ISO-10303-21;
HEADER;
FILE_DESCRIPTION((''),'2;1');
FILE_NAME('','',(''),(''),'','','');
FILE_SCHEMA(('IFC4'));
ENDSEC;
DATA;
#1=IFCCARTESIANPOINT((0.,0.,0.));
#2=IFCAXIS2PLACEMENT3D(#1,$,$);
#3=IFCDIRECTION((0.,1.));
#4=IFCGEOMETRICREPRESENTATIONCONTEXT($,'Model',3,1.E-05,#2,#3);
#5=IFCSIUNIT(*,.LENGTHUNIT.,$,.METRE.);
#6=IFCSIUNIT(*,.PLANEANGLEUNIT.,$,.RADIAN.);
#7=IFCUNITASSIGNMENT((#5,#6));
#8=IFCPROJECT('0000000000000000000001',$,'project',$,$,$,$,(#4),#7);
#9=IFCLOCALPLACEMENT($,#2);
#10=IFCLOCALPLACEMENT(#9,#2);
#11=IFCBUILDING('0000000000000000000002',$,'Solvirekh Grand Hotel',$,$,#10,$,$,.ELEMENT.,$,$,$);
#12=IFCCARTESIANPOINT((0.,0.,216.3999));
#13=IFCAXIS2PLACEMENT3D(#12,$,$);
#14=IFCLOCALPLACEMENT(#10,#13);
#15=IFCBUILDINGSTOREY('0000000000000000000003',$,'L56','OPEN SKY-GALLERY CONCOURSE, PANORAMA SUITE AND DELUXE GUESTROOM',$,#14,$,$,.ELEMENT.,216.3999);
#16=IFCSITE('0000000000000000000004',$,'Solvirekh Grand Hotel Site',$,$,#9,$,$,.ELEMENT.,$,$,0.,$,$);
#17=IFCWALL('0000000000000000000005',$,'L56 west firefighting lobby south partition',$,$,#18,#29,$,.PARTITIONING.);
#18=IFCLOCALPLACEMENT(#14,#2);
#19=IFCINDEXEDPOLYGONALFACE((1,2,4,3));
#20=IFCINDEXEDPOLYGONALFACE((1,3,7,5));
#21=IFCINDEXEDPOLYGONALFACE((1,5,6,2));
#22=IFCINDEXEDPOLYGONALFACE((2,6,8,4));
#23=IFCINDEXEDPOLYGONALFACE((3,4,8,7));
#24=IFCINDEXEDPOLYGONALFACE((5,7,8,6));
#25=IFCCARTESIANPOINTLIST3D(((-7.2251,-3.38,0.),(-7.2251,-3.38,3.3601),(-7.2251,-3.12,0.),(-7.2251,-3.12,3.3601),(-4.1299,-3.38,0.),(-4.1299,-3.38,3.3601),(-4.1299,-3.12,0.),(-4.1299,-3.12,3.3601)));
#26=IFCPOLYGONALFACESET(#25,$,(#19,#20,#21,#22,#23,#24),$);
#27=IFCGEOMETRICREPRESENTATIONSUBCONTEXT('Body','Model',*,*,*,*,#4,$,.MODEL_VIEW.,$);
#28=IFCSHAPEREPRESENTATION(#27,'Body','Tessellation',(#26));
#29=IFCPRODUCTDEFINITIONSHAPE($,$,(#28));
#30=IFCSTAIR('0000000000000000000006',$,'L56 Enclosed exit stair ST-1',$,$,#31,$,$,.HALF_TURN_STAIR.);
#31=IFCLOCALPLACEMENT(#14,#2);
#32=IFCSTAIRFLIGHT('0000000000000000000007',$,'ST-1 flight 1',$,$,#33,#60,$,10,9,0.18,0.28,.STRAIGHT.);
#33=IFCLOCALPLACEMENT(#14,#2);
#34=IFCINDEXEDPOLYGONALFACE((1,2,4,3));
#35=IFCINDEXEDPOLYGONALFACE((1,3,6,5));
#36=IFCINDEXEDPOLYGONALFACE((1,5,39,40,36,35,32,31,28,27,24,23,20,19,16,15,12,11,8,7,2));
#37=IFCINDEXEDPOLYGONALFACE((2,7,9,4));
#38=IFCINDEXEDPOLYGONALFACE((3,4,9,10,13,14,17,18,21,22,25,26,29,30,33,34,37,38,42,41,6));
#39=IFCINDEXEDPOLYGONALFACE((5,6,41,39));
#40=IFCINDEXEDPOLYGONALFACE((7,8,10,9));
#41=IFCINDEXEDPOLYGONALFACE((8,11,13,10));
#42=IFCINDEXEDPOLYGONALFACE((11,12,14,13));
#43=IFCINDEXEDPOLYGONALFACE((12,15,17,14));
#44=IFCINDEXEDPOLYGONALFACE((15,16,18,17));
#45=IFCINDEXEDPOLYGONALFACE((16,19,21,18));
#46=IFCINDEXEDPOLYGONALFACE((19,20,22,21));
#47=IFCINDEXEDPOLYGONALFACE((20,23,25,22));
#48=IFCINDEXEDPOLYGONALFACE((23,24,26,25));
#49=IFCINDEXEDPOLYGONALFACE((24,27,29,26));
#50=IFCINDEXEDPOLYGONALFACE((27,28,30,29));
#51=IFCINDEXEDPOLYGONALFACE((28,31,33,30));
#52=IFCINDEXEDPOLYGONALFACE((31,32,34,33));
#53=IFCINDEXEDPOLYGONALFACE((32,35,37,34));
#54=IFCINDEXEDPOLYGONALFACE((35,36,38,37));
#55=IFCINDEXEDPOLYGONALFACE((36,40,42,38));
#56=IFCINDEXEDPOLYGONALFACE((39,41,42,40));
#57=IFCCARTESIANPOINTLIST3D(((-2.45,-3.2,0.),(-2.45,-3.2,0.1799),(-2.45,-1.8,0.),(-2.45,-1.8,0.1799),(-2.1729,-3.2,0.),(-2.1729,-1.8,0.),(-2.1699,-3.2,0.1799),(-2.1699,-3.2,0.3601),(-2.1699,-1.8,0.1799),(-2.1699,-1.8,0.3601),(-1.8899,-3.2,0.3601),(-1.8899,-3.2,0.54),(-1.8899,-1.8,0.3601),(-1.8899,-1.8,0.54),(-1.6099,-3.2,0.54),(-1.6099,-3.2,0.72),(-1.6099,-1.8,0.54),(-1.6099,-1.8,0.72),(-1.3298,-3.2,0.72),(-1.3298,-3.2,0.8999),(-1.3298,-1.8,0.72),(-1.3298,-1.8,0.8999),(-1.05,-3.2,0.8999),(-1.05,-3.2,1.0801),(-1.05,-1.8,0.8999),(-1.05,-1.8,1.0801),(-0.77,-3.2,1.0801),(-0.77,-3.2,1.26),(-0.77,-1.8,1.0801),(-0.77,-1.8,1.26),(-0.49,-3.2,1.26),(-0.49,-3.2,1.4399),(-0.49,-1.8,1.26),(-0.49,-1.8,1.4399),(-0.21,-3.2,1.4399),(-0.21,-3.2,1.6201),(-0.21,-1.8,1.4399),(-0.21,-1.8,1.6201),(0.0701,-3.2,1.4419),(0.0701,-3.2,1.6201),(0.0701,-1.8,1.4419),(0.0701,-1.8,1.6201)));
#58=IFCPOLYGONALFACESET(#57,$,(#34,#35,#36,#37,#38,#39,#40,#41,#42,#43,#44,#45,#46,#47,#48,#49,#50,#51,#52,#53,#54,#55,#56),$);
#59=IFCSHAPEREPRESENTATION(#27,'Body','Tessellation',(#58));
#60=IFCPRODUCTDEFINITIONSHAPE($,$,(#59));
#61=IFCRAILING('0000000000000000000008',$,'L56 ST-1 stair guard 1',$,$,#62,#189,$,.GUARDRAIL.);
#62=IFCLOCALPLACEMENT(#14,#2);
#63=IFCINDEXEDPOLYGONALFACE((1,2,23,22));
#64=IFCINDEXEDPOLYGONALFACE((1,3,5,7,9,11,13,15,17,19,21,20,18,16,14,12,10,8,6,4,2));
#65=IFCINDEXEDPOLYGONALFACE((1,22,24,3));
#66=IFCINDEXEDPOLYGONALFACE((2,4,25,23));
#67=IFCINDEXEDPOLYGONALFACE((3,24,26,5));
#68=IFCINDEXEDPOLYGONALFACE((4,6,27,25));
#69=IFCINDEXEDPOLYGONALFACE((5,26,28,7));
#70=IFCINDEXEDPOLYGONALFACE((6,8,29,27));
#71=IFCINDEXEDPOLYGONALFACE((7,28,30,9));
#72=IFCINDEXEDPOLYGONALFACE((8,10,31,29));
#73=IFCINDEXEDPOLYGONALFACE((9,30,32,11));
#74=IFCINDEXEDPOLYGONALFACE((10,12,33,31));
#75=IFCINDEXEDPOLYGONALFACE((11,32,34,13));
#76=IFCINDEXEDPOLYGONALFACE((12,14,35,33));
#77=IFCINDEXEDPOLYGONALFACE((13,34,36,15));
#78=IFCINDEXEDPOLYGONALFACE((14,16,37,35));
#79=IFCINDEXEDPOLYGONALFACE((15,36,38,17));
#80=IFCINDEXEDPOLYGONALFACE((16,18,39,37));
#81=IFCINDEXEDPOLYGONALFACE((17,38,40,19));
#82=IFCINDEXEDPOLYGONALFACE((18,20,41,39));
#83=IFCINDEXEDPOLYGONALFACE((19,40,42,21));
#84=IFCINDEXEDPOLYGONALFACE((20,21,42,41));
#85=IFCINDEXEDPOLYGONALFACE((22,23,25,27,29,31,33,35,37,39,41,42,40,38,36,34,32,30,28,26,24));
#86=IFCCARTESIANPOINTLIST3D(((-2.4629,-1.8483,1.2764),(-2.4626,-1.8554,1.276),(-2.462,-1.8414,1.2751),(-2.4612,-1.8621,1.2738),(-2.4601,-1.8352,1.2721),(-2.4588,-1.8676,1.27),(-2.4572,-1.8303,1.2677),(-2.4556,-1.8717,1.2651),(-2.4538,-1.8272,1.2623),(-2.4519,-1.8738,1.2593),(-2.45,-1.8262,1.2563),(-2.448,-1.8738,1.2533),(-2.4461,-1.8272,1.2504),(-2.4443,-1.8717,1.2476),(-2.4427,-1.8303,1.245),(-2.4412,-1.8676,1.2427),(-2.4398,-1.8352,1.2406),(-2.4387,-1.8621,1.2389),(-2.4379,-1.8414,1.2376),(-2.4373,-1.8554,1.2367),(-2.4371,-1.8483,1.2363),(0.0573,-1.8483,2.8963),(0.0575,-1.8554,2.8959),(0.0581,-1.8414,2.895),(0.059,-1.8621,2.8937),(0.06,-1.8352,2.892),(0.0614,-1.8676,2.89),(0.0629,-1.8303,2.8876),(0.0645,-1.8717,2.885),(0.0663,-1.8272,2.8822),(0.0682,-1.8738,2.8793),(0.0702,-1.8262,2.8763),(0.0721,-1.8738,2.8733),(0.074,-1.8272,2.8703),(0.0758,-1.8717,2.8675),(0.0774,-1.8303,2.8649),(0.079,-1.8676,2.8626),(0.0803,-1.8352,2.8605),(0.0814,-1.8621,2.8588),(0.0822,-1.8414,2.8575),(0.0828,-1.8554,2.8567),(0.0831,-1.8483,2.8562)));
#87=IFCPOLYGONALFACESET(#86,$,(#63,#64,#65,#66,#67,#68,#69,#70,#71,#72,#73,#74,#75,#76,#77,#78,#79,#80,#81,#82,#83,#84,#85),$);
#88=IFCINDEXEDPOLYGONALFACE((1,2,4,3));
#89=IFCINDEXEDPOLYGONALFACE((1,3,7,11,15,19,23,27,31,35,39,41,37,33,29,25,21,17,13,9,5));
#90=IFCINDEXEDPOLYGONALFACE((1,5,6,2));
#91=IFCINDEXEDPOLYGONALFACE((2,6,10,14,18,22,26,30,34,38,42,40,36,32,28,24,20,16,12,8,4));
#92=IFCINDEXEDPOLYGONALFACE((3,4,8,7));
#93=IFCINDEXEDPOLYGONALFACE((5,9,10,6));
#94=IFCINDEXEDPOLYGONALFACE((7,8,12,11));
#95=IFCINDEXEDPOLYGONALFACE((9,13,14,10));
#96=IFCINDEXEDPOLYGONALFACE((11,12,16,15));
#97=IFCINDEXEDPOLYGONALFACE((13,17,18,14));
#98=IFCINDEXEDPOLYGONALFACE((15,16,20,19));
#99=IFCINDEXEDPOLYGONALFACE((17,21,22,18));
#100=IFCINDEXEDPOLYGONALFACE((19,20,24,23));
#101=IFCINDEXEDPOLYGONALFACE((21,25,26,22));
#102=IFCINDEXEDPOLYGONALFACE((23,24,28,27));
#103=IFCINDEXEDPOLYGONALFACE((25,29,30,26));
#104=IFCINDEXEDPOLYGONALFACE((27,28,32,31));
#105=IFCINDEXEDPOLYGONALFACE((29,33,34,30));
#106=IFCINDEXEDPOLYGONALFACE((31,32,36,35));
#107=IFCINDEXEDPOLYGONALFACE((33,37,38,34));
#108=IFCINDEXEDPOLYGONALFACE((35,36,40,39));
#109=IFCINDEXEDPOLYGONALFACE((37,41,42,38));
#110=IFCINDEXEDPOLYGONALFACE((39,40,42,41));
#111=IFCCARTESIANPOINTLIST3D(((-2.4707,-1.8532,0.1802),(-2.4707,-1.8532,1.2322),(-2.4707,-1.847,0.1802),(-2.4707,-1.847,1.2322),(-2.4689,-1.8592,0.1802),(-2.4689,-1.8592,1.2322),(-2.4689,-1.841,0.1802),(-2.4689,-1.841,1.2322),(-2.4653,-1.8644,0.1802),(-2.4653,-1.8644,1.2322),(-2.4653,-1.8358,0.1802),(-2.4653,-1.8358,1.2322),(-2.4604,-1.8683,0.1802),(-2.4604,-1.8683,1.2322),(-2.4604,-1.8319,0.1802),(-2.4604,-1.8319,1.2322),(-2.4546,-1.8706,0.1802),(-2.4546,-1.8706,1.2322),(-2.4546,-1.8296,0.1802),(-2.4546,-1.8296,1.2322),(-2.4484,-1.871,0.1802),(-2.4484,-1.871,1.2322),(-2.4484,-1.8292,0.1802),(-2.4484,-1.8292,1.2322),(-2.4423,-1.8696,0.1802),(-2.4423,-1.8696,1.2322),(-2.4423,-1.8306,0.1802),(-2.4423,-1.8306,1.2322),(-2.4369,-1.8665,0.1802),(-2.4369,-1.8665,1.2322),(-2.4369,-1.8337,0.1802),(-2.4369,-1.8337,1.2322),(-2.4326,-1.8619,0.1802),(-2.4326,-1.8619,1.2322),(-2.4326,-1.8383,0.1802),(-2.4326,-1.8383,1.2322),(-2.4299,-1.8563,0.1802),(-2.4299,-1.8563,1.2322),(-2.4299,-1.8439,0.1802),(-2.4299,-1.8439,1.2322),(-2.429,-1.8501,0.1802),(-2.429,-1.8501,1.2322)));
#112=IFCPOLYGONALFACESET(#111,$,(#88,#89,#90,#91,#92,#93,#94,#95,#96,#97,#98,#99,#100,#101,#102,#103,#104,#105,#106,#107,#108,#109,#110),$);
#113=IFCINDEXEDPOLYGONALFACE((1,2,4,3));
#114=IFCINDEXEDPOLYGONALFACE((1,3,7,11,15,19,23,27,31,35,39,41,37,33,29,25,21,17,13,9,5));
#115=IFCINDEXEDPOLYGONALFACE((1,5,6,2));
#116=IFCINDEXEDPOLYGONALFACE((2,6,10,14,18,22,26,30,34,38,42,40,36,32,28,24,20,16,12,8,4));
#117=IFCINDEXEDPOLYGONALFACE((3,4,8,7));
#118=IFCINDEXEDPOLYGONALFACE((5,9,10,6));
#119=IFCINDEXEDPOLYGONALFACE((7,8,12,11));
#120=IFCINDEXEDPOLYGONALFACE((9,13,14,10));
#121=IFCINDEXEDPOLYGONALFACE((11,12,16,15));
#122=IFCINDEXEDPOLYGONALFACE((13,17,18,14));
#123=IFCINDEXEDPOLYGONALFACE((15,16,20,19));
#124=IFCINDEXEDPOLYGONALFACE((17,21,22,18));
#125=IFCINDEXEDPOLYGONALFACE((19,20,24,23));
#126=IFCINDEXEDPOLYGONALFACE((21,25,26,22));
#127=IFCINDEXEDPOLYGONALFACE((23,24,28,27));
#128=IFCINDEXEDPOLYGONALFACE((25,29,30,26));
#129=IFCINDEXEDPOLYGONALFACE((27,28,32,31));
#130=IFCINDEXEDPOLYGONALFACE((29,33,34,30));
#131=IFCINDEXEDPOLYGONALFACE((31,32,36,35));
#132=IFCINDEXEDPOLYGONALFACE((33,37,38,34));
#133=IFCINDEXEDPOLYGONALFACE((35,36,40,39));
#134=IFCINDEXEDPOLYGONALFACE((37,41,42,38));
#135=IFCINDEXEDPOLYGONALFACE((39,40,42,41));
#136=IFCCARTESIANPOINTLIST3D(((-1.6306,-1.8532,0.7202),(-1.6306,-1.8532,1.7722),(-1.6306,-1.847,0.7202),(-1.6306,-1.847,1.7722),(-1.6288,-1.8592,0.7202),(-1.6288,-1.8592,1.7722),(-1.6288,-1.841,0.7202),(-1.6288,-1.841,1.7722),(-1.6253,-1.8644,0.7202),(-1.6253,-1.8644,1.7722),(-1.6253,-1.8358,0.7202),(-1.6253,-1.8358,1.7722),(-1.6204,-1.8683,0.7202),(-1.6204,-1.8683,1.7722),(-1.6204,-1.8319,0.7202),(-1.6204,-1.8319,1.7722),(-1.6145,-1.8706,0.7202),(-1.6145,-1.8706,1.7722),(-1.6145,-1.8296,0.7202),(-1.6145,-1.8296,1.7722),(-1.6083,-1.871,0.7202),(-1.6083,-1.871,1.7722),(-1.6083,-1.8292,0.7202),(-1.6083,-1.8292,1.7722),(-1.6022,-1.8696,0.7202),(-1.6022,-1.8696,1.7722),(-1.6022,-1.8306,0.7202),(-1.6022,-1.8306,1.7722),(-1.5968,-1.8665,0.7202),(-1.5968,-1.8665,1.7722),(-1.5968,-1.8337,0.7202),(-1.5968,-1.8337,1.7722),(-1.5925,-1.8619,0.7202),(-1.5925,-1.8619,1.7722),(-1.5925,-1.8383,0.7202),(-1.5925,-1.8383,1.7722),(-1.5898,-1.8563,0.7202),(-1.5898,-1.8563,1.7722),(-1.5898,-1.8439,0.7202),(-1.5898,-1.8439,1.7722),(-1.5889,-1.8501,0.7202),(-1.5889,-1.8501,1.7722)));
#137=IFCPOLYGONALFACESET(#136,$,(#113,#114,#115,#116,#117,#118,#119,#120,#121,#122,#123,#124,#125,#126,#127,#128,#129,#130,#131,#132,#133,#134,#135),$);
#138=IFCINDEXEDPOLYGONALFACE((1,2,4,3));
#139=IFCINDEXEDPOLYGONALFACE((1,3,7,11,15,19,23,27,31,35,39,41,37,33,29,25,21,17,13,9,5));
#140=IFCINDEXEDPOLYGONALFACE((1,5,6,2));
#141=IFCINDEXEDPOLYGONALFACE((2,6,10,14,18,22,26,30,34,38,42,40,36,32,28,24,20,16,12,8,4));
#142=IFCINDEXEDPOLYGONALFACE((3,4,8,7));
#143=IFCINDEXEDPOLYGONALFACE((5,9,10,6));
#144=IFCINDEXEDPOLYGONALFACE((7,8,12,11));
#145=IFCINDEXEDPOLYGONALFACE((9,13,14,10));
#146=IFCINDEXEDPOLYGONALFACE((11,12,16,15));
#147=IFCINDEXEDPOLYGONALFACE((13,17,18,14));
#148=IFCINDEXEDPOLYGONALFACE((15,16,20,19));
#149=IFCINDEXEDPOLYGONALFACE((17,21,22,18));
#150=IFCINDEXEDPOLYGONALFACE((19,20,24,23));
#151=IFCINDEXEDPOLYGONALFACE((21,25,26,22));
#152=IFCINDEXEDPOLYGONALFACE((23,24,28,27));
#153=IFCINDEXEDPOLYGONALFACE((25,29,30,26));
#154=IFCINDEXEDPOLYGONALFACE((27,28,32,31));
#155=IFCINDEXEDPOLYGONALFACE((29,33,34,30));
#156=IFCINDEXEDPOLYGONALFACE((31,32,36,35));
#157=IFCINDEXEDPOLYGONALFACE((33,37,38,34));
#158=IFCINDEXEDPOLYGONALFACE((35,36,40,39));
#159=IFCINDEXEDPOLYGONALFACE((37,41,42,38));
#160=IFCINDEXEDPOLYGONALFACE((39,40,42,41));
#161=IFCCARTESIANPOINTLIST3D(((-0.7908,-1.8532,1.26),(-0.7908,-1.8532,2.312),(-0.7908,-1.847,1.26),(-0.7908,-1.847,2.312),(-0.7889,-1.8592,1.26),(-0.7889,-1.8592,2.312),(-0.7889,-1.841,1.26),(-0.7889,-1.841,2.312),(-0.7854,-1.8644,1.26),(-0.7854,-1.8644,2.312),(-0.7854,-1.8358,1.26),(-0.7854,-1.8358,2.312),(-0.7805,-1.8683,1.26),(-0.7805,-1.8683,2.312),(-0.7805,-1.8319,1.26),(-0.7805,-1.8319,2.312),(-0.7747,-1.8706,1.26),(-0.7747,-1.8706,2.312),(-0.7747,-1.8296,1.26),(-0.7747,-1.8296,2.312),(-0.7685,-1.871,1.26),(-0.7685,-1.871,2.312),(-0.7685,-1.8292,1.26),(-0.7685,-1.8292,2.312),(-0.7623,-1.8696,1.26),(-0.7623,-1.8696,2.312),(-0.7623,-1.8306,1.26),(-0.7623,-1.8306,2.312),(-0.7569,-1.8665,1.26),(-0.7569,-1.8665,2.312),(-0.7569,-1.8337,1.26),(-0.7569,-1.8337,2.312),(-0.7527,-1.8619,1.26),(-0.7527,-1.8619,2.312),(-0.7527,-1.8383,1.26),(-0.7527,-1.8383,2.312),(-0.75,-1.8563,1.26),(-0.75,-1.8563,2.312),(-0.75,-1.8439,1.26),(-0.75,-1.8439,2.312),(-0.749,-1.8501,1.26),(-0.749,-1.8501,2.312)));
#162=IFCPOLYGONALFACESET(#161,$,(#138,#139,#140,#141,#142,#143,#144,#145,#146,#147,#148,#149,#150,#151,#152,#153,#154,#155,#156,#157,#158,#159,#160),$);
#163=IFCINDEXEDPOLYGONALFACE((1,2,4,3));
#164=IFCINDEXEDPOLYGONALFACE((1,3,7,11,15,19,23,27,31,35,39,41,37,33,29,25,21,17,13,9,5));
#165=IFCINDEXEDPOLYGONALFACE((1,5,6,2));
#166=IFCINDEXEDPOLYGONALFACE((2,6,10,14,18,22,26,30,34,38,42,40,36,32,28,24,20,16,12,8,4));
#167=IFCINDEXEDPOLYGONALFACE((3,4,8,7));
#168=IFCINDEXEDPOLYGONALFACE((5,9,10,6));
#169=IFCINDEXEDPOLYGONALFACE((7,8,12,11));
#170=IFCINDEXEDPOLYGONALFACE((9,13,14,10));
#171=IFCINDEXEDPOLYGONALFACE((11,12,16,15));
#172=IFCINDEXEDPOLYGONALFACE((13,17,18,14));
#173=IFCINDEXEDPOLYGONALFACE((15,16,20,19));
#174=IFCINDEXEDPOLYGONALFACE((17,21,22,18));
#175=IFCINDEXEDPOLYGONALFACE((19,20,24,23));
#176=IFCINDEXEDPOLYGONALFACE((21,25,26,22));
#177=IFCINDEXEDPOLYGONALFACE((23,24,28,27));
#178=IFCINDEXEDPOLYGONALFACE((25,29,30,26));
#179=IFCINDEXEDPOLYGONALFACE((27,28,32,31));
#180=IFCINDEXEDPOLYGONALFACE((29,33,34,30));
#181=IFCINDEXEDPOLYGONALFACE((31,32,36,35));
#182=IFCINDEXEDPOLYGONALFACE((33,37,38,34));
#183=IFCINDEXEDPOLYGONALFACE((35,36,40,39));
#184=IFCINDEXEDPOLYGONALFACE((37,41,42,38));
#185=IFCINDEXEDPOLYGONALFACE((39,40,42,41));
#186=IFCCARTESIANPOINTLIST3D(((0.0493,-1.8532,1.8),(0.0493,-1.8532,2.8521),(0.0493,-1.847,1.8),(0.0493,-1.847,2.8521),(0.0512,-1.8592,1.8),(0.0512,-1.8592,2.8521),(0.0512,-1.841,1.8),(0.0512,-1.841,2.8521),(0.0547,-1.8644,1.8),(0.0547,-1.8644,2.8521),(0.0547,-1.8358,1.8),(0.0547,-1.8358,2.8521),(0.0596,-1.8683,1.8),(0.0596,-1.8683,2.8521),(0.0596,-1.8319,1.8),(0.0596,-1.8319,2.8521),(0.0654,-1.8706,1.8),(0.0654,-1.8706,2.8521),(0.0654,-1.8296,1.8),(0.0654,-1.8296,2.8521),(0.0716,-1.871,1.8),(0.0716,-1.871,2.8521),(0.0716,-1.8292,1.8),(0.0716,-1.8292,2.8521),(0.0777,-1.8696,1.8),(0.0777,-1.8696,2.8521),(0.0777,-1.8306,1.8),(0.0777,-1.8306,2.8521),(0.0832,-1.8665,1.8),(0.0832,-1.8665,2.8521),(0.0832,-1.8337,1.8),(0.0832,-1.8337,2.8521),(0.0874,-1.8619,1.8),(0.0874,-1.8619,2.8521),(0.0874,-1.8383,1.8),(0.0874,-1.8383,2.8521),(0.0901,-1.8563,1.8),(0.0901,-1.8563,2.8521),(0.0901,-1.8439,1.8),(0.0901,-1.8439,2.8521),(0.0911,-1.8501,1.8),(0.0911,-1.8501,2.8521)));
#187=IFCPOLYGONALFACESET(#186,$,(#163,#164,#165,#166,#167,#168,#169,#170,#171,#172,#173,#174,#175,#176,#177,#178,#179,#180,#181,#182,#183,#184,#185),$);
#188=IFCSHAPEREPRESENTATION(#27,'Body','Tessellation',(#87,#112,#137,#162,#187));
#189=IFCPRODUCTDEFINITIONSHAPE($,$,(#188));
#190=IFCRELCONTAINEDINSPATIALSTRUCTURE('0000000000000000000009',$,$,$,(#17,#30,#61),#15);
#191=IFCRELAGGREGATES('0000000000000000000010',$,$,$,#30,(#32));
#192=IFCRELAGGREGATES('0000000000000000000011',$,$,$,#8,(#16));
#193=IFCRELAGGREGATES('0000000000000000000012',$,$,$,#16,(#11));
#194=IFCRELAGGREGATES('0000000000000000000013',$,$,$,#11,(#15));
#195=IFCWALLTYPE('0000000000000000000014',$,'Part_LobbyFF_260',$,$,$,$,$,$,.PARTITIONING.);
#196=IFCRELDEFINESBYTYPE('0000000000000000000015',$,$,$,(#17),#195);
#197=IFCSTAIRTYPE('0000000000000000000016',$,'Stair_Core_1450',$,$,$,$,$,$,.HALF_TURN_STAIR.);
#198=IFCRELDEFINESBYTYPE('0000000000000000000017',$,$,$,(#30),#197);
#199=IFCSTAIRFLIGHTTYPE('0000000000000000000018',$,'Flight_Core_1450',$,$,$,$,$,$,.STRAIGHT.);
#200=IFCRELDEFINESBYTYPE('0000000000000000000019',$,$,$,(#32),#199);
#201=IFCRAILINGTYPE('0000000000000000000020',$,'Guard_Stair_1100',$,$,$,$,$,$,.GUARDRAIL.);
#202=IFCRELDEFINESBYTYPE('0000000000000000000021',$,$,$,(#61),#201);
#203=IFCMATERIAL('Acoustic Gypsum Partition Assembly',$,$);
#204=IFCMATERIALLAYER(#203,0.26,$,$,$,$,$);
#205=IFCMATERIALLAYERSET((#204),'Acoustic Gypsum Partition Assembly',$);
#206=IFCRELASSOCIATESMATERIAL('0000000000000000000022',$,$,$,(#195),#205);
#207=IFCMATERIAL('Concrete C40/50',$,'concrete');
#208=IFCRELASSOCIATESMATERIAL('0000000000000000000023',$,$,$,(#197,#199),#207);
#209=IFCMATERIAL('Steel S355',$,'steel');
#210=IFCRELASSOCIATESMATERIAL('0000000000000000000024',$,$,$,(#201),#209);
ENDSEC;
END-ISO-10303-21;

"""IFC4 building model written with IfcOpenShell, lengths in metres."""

from ifc_helpers import new_model, si_unit, direction, frame, frame_2d, origin, origin_2d, place, context, subcontext, project, spatial, polyline, rectangle, circle, outline, extrude, material, layer, layer_set, type_object, element, aggregate, save


model = new_model("IFC4")

# Units and contexts
model_context = context("Model", 3, precision=1e-05, world=origin(), true_north=direction((0.0, 1.0)))
body_context = subcontext(model_context, "Body", "Model", "MODEL_VIEW")
ifc_project = project(units=[si_unit("LENGTHUNIT", "METRE"), si_unit("PLANEANGLEUNIT", "RADIAN")], contexts=[model_context])

# Site, building, storey
site_placement = place(None, origin())
site = spatial("IfcSite", under=ifc_project, at=site_placement, Name="Solvirekh Grand Hotel Site", CompositionType="ELEMENT", RefElevation=0.0)
building_placement = place(site_placement, origin())
building = spatial("IfcBuilding", under=site, at=building_placement, Name="Solvirekh Grand Hotel", CompositionType="ELEMENT")
storey_placement = place(building_placement, frame((0.0, 0.0, 216.3999)))
storey = spatial("IfcBuildingStorey", under=building, at=storey_placement, Name="L56", Description="OPEN SKY-GALLERY CONCOURSE, PANORAMA SUITE AND DELUXE GUESTROOM", CompositionType="ELEMENT", Elevation=216.3999)

# Shared definitions
ifc_material_1 = material(Name="Steel S355", Category="steel")

# Shared definitions
ifc_material_2 = material(Name="Concrete C40/50", Category="concrete")

# Shared definitions
ifc_material_3 = material(Name="Acoustic Gypsum Partition Assembly")

# Wall
ifc_layer_1 = layer(ifc_material_3, 0.26)
ifc_layer_set_1 = layer_set([ifc_layer_1], Name="Acoustic Gypsum Partition Assembly")
wall_type_1 = type_object("IfcWallType", Name="Part_LobbyFF_260", PredefinedType="PARTITIONING", material=ifc_layer_set_1)
wall_1_placement = place(storey_placement, frame((-7.2251, -3.25, 0.0), z_axis=(0.0, 0.0, 1.0), x_axis=(1.0, 0.0, 0.0)))
element("IfcWall", 1, at=wall_1_placement, inside=storey, type_object=wall_type_1, Name="L56 west firefighting lobby south partition", PredefinedType="PARTITIONING", context=body_context, shape_type="SweptSolid", body=[
    extrude(rectangle(XDim=3.0952, YDim=0.26, at=frame_2d((1.5476, 0.0))), origin(), (0.0, 0.0, 1.0), 3.3601),
])

# Stair, stair flight
stair_type = type_object("IfcStairType", Name="Stair_Core_1450", PredefinedType="HALF_TURN_STAIR", material=ifc_material_2)
stair_placement = place(storey_placement, origin())
stair = element("IfcStair", 2, at=stair_placement, inside=storey, type_object=stair_type, Name="L56 Enclosed exit stair ST-1", PredefinedType="HALF_TURN_STAIR")
stair_flight_type = type_object("IfcStairFlightType", Name="Flight_Core_1450", PredefinedType="STRAIGHT", material=ifc_material_2)
stair_flight_placement = place(storey_placement, frame((-2.45, -2.5, 0.0), z_axis=(0.0, 0.0, 1.0), x_axis=(1.0, 0.0, 0.0)))
stair_flight = element("IfcStairFlight", 3, at=stair_flight_placement, type_object=stair_flight_type, Name="ST-1 flight 1", NumberOfRisers=10, NumberOfTreads=9, PredefinedType="STRAIGHT", RiserHeight=0.18, TreadLength=0.28, context=body_context, shape_type="SweptSolid", body=[
    extrude(outline(polyline([(0.0, 0.0), (0.0, 0.1799), (0.28, 0.1799), (0.28, 0.3601), (0.5601, 0.3601), (0.5601, 0.54), (0.8401, 0.54), (0.8401, 0.72), (1.1201, 0.72), (1.1201, 0.8999), (1.3999, 0.8999), (1.3999, 1.0801), (1.6799, 1.0801), (1.6799, 1.26), (1.96, 1.26), (1.96, 1.4399), (2.24, 1.4399), (2.24, 1.6201), (2.52, 1.6201), (2.52, 1.8), (2.52, 1.4419), (0.2771, 0.0), (0.0, 0.0)])), frame((0.0, 0.7, 0.0), z_axis=(0.0, -1.0, 0.0), x_axis=(1.0, 0.0, 0.0)), (0.0, 0.0, 1.0), 1.3999),
])
aggregate(stair, [stair_flight])

# Railing
railing_type_1 = type_object("IfcRailingType", Name="Guard_Stair_1100", PredefinedType="GUARDRAIL", material=ifc_material_1)
railing_1_placement = place(storey_placement, frame((-2.45, -1.8501, 0.1802)))
element("IfcRailing", 4, at=railing_1_placement, inside=storey, type_object=railing_type_1, Name="L56 ST-1 stair guard 1", PredefinedType="GUARDRAIL", context=body_context, shape_type="SweptSolid", body=[
    extrude(circle(Radius=0.0239, at=origin_2d()), frame((0.0, 0.0, 1.0762), z_axis=(0.8412, 0.0, 0.540725), x_axis=(0.0, 1.0, 0.0)), (0.0, 0.0, 1.0), 2.9958),
    extrude(circle(Radius=0.021, at=origin_2d()), origin(), (0.0, 0.0, 1.0), 1.052),
    extrude(circle(Radius=0.021, at=origin_2d()), frame((0.8401, 0.0, 0.54)), (0.0, 0.0, 1.0), 1.052),
    extrude(circle(Radius=0.021, at=origin_2d()), frame((1.6799, 0.0, 1.0798)), (0.0, 0.0, 1.0), 1.052),
    extrude(circle(Radius=0.021, at=origin_2d()), frame((2.52, 0.0, 1.6199)), (0.0, 0.0, 1.0), 1.052),
])

save(model, "model.ifc")
